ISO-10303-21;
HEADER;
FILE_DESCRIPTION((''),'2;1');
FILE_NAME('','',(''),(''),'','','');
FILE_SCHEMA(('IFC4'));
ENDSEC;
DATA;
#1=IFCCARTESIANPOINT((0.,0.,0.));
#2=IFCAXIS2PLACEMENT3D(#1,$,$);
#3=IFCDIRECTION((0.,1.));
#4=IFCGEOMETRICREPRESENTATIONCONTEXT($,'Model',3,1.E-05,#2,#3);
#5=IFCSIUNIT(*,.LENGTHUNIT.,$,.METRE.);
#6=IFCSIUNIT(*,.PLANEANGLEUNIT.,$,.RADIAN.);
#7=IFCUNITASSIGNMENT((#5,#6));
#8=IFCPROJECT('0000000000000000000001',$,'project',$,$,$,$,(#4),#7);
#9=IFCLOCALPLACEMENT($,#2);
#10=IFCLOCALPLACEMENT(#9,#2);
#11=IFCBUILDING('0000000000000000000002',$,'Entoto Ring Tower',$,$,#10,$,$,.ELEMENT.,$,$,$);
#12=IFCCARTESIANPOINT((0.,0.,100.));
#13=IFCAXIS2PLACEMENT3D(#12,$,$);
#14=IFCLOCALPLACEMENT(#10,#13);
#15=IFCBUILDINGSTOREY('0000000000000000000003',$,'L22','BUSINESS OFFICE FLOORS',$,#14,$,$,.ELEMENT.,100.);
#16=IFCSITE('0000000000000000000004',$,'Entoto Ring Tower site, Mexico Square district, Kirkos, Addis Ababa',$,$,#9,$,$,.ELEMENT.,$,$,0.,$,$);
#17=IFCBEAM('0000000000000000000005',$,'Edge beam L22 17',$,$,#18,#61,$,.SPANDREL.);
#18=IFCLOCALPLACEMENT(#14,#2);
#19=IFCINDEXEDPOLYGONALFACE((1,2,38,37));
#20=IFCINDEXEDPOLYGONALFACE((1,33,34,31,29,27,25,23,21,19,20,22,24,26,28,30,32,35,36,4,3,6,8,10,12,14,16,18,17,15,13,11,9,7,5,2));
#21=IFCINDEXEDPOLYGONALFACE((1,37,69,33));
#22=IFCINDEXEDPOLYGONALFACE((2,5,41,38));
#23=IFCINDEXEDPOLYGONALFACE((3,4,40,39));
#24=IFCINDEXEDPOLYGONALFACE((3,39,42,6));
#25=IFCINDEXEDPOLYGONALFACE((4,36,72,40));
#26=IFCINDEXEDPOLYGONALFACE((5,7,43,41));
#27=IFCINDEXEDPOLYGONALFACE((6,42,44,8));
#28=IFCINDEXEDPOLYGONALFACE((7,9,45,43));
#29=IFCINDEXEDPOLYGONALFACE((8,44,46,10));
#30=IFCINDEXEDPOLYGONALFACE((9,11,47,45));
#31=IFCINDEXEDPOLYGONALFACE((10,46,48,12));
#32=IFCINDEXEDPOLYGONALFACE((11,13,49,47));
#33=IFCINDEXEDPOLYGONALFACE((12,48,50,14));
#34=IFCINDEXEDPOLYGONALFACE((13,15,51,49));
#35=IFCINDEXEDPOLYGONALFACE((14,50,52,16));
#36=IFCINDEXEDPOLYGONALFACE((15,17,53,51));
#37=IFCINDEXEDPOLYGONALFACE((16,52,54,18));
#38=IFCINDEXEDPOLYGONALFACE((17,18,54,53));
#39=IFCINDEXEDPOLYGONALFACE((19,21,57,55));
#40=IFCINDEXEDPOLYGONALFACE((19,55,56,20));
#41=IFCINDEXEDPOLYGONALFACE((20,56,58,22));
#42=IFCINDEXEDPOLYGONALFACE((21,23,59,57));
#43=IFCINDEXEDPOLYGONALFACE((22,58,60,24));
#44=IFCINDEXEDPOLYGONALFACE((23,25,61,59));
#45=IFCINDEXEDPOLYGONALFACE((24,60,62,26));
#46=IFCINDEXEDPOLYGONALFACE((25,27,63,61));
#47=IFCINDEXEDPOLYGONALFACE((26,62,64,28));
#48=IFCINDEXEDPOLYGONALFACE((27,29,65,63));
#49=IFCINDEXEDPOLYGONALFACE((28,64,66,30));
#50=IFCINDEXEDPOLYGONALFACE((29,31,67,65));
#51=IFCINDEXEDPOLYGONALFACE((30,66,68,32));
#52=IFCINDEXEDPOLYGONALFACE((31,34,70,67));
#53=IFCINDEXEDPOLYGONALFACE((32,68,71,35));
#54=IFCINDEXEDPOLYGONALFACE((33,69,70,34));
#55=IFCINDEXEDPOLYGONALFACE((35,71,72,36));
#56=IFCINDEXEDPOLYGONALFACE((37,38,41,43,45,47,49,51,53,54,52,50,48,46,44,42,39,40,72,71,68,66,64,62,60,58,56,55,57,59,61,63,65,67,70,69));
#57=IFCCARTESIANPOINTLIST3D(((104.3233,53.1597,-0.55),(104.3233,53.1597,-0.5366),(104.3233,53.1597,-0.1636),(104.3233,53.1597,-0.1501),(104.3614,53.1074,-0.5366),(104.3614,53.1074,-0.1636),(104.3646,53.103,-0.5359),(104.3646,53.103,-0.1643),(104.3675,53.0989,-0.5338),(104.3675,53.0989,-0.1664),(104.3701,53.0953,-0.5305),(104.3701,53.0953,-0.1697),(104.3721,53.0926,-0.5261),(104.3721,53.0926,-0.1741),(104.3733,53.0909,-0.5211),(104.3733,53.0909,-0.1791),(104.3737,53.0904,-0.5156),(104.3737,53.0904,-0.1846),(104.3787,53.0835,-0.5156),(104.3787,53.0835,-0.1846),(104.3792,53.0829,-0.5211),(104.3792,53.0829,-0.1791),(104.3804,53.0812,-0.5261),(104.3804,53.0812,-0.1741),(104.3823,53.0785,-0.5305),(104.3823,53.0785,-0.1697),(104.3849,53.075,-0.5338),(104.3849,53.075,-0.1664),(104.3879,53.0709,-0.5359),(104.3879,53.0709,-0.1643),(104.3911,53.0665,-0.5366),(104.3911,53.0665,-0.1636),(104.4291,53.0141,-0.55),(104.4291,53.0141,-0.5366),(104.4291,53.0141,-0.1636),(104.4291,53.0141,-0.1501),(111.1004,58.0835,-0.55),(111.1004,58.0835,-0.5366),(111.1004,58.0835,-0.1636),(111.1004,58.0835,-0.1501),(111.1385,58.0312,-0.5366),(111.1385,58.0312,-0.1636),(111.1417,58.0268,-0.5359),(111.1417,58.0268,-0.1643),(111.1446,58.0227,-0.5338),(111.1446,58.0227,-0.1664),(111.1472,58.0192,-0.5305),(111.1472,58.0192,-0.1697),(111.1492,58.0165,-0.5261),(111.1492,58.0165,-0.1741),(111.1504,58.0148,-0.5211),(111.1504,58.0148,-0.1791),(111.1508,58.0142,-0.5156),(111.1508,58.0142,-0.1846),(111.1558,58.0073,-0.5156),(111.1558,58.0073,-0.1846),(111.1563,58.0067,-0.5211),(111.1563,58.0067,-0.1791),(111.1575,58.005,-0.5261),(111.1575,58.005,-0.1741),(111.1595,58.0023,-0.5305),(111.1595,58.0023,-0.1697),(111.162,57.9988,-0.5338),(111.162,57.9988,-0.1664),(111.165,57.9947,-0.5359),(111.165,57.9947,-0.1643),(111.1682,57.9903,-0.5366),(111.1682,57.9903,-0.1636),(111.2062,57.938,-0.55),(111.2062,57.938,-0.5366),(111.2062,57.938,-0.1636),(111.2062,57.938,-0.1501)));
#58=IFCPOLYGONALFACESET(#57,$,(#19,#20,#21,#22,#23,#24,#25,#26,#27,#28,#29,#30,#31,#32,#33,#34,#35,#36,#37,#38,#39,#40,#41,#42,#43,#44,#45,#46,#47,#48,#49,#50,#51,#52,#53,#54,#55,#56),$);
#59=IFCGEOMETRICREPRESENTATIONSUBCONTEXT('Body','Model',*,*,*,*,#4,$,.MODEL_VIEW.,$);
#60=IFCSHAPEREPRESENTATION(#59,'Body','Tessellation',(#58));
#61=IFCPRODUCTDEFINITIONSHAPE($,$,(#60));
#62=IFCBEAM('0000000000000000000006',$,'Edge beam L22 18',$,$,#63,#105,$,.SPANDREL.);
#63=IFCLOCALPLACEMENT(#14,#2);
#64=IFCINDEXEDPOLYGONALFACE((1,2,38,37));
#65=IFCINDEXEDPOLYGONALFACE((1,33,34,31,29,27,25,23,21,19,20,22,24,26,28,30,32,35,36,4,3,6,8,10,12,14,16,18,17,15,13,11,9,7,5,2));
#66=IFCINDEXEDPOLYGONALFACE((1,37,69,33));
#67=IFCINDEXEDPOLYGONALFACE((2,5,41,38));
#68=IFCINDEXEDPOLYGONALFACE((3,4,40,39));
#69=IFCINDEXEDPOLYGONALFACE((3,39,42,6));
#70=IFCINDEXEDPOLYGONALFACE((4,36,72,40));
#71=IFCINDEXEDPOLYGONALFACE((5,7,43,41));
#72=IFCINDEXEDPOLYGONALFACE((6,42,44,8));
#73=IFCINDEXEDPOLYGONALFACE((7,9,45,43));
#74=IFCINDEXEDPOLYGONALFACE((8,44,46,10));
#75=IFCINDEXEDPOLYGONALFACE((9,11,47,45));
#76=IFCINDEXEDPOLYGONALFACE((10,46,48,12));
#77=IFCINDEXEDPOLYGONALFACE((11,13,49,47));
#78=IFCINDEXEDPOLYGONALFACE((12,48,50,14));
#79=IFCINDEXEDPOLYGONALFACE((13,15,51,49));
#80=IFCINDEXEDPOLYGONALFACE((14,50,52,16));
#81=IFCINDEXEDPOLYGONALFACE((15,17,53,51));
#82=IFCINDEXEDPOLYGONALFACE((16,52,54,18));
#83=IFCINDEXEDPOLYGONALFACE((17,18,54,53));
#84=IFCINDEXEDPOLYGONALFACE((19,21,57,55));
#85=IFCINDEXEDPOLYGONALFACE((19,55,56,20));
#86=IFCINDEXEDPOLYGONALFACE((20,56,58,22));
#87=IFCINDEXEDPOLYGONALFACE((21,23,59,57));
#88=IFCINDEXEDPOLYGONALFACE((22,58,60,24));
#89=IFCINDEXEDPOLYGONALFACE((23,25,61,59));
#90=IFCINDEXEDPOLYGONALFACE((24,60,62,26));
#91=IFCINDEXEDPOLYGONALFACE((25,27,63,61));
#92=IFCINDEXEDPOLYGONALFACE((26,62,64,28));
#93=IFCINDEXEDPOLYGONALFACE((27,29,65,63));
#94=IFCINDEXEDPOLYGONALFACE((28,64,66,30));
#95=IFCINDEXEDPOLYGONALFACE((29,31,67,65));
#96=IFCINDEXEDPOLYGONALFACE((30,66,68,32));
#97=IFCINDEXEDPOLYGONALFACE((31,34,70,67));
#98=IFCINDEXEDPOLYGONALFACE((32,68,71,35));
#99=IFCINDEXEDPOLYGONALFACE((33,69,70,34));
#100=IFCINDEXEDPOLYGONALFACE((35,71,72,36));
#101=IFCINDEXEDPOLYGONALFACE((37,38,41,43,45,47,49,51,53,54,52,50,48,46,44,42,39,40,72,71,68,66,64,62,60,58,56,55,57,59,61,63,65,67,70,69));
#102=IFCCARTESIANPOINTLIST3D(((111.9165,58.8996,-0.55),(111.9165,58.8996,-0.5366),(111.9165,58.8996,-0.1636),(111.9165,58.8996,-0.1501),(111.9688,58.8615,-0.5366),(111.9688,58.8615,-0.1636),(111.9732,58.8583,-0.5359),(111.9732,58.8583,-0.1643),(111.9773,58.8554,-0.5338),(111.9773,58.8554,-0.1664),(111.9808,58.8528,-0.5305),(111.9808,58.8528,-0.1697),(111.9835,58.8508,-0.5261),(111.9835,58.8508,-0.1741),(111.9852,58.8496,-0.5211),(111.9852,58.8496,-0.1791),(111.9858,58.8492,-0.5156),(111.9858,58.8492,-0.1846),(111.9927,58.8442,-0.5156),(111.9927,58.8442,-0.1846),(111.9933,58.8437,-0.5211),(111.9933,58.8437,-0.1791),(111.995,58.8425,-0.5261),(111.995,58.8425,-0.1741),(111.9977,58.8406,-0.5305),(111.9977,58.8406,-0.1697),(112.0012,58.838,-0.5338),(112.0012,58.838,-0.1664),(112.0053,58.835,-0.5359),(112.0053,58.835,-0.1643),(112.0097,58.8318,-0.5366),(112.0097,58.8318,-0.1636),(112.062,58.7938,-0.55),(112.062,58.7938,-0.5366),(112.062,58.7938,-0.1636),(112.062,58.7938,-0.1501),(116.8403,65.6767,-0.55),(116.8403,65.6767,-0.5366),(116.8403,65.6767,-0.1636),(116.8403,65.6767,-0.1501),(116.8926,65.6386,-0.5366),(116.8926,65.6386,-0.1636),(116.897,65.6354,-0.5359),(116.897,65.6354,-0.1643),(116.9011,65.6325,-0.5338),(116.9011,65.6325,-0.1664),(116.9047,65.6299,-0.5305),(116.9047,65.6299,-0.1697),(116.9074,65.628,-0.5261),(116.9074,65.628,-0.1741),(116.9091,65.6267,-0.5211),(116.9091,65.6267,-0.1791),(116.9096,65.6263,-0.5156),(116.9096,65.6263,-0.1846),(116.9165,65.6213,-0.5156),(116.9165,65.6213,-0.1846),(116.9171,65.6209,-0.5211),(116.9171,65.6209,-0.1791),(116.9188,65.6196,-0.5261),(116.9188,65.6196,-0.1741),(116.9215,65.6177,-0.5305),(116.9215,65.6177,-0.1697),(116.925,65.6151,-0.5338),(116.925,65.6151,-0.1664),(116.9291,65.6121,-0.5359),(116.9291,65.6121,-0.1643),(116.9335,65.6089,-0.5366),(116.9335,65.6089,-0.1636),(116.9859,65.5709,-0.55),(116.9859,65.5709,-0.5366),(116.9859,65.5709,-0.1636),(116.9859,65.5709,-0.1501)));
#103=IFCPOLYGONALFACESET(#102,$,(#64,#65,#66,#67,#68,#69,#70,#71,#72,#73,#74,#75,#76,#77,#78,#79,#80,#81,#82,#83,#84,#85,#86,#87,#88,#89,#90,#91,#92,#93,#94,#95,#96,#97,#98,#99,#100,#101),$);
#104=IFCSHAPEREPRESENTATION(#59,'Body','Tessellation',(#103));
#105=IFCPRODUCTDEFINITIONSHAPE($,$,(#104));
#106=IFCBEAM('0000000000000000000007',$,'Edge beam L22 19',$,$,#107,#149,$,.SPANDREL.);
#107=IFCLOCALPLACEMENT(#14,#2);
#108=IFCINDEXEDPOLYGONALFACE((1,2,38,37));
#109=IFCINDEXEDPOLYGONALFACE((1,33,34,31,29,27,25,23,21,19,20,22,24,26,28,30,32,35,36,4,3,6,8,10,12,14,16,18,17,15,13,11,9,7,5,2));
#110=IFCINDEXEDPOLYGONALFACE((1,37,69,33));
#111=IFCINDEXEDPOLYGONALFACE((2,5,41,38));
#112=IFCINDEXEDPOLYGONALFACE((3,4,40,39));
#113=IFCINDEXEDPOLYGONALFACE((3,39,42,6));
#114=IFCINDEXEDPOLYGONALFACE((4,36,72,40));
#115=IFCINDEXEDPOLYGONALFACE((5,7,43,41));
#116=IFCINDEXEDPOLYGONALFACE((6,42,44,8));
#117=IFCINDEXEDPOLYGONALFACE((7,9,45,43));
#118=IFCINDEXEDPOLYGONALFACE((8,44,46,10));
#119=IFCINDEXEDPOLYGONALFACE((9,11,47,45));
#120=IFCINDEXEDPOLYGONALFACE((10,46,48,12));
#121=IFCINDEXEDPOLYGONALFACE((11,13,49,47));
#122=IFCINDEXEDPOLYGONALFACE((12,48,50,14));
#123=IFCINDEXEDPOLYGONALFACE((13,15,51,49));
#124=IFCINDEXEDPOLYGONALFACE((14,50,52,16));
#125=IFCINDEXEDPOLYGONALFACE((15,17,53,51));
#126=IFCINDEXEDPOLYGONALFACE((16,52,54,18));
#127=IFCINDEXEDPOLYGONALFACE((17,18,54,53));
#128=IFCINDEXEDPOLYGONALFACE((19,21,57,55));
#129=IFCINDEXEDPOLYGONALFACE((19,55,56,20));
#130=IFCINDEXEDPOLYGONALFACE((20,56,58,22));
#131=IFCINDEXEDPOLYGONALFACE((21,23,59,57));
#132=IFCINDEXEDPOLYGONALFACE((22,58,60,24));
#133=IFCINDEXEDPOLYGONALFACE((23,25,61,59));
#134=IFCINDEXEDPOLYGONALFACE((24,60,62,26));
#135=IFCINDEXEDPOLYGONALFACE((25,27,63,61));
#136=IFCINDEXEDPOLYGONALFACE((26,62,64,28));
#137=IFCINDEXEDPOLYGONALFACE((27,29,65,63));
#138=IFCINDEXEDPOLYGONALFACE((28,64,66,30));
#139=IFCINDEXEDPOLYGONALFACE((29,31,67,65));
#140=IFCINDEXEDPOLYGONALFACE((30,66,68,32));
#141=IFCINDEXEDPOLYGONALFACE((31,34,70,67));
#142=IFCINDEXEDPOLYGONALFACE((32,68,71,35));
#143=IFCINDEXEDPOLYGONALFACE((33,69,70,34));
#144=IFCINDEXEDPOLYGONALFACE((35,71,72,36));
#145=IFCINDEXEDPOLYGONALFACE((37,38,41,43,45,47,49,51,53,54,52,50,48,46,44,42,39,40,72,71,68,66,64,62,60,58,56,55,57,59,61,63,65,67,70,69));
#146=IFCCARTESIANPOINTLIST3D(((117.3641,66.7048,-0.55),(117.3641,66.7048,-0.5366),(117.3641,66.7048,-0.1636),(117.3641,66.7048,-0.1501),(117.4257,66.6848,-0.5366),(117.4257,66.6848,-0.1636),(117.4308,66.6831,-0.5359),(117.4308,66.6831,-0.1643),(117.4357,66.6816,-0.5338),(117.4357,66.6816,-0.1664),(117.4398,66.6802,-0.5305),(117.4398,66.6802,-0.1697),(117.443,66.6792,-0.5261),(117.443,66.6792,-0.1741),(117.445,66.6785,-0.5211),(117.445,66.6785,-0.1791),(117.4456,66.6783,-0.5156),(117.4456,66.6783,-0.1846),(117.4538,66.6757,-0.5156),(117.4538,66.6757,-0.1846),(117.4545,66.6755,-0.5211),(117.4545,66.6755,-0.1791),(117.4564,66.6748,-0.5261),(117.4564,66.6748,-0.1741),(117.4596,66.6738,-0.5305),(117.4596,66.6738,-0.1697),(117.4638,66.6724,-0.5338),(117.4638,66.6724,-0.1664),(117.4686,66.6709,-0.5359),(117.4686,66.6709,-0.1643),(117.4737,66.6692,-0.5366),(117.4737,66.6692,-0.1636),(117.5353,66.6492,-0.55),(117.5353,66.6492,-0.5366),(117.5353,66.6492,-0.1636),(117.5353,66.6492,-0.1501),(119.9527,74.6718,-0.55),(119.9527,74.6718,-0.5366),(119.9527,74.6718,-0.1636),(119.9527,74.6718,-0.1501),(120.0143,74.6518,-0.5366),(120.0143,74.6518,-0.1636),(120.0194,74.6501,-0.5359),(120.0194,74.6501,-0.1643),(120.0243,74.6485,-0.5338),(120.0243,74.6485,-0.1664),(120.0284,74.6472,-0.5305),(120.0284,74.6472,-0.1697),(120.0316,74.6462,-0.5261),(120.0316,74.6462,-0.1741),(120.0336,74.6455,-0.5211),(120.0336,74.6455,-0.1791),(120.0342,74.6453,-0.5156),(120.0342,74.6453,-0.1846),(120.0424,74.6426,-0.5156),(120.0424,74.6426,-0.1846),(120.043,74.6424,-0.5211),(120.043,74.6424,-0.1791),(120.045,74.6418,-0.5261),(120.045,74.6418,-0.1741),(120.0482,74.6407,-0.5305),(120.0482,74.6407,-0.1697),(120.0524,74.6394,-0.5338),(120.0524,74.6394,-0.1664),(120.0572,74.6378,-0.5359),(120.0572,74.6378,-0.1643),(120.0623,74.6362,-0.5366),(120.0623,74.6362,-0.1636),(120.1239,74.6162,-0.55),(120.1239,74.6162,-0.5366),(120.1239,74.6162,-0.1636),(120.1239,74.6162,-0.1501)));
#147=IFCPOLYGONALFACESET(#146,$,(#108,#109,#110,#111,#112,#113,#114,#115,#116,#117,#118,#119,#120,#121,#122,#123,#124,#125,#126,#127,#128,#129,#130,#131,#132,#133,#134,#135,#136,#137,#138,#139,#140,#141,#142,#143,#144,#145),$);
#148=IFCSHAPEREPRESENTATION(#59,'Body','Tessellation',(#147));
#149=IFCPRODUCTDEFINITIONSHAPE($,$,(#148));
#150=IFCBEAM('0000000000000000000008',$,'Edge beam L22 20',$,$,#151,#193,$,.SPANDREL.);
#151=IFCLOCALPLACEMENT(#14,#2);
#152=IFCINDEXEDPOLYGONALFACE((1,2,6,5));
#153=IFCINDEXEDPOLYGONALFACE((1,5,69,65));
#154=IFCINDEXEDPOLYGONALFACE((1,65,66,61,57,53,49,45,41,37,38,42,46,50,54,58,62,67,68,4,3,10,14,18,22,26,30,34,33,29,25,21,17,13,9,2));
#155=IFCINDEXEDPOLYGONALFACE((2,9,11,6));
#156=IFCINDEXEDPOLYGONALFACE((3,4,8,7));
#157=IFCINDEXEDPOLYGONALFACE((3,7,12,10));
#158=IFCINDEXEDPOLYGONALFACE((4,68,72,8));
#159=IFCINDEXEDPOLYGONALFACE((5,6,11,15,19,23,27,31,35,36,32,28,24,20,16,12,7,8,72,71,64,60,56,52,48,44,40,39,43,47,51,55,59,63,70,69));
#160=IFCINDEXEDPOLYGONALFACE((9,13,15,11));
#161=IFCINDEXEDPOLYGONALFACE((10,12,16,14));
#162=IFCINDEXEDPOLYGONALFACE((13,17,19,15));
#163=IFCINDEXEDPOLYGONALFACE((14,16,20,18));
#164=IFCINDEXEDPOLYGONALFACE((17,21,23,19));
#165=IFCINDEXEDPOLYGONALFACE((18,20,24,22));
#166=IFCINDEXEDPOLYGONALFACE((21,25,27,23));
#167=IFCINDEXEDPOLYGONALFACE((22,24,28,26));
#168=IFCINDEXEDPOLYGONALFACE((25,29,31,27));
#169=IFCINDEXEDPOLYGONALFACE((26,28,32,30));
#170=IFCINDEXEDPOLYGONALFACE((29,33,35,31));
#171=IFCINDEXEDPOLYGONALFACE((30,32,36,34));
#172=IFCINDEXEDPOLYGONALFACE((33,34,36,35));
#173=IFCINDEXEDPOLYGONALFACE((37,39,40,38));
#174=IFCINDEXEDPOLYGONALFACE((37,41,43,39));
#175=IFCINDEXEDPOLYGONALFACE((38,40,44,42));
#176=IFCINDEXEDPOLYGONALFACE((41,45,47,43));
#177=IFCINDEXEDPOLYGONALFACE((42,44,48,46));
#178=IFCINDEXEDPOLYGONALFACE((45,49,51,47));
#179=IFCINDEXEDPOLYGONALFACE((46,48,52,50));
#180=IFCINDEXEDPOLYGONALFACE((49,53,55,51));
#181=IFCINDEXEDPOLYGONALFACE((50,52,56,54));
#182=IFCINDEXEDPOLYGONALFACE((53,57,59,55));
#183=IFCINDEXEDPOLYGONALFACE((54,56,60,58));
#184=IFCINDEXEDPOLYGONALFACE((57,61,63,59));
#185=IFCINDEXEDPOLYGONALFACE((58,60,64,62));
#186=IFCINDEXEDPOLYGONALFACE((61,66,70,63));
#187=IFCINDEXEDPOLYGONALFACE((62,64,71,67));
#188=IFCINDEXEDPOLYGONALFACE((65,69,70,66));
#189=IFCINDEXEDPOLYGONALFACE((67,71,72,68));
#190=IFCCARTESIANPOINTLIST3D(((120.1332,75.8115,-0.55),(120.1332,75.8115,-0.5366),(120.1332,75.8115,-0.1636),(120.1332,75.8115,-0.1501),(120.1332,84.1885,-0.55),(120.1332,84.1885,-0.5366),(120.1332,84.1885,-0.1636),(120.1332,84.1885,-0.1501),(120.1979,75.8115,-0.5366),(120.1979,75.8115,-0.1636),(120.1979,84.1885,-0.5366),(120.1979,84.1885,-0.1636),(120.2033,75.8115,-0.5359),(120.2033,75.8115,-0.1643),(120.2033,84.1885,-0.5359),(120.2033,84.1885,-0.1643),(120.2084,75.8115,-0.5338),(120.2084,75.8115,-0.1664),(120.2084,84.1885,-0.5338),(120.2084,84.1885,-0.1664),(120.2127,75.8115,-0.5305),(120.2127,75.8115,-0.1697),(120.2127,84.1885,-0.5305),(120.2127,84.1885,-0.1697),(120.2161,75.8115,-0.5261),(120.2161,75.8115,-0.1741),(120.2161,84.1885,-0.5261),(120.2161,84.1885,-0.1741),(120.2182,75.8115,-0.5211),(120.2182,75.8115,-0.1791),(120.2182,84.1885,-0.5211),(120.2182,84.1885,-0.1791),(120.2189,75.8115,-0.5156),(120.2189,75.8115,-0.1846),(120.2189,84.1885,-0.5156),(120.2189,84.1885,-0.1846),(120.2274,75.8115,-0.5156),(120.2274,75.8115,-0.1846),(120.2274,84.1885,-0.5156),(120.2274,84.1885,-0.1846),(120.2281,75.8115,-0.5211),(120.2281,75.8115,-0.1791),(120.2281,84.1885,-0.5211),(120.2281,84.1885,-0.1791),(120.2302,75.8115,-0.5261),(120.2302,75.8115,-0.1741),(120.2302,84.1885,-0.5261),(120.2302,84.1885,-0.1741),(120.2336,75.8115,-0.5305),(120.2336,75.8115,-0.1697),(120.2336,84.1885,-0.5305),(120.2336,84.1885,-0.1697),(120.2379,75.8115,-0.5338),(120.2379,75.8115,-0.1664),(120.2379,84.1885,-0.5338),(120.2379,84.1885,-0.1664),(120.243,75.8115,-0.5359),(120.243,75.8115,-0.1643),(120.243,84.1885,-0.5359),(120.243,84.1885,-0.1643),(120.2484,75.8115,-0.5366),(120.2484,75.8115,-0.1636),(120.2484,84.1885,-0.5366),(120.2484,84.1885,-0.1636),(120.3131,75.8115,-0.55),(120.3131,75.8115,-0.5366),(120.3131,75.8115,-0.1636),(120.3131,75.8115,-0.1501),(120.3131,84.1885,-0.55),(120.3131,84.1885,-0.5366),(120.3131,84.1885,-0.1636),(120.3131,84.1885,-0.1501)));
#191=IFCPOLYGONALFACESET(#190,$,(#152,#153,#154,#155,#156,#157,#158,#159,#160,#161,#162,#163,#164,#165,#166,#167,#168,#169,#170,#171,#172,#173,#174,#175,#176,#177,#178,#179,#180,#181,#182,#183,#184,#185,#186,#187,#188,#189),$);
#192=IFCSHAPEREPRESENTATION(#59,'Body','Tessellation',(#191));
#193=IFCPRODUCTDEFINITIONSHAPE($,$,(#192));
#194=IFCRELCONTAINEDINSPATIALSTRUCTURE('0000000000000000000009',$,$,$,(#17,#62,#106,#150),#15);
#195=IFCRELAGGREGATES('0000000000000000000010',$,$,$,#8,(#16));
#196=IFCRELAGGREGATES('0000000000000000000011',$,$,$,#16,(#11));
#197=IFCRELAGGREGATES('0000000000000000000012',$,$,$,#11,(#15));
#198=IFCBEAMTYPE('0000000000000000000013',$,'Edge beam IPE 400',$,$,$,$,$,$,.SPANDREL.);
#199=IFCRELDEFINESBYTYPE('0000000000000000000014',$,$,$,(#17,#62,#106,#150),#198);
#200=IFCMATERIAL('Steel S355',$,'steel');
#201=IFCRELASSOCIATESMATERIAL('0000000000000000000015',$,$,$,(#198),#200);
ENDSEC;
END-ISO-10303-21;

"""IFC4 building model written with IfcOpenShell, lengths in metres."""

from ifc_helpers import new_model, si_unit, direction, frame, origin, origin_2d, place, context, subcontext, project, spatial, i_section, extrude, material, material_profile, profile_set, type_object, element, save


model = new_model("IFC4")

# Units and contexts
model_context = context("Model", 3, precision=1e-05, world=origin(), true_north=direction((0.0, 1.0)))
body_context = subcontext(model_context, "Body", "Model", "MODEL_VIEW")
ifc_project = project(units=[si_unit("LENGTHUNIT", "METRE"), si_unit("PLANEANGLEUNIT", "RADIAN")], contexts=[model_context])

# Site, building, storey
site_placement = place(None, origin())
site = spatial("IfcSite", under=ifc_project, at=site_placement, Name="Entoto Ring Tower site, Mexico Square district, Kirkos, Addis Ababa", CompositionType="ELEMENT", RefElevation=0.0)
building_placement = place(site_placement, origin())
building = spatial("IfcBuilding", under=site, at=building_placement, Name="Entoto Ring Tower", CompositionType="ELEMENT")
storey_placement = place(building_placement, frame((0.0, 0.0, 100.0)))
storey = spatial("IfcBuildingStorey", under=building, at=storey_placement, Name="L22", Description="BUSINESS OFFICE FLOORS", CompositionType="ELEMENT", Elevation=100.0)

# Beams
ifc_material_1 = material(Name="Steel S355", Category="steel")
ifc_material_profile_1 = material_profile(ifc_material_1, i_section(OverallWidth=0.1799, OverallDepth=0.3999, WebThickness=0.0085, FlangeThickness=0.0134, FilletRadius=0.021, at=origin_2d()), Name="IPE 400")
ifc_profile_set_1 = profile_set([ifc_material_profile_1], Name="Steel S355")
beam_type_1 = type_object("IfcBeamType", Name="Edge beam IPE 400", PredefinedType="SPANDREL", material=ifc_profile_set_1)
for number, where, z_axis, x_axis, name in (
    (1, (104.3762, 53.0869, -0.3501), (0.809018, 0.587783, 0.0), (-0.587783, 0.809018, 0.0), "Edge beam L22 17"),
    (2, (111.9893, 58.8467, -0.3501), (0.587783, 0.809018, 0.0), (-0.809018, 0.587783, 0.0), "Edge beam L22 18"),
    (3, (117.4497, 66.677, -0.3501), (0.309014, 0.951057, 0.0), (-0.951057, 0.309014, 0.0), "Edge beam L22 19"),
    (4, (120.2231, 75.8115, -0.3501), (0.0, 1.0, 0.0), (-1.0, 0.0, 0.0), "Edge beam L22 20"),
):
    element("IfcBeam", number, at=place(storey_placement, frame(where, z_axis=z_axis, x_axis=x_axis)), inside=storey, type_object=beam_type_1, Name=name, PredefinedType="SPANDREL", context=body_context, shape_type="SweptSolid", body=[
        extrude(i_section(OverallWidth=0.1799, OverallDepth=0.3999, WebThickness=0.0085, FlangeThickness=0.0134, FilletRadius=0.021, at=origin_2d()), origin(), (0.0, 0.0, 1.0), 8.377),
    ])

save(model, "model.ifc")
